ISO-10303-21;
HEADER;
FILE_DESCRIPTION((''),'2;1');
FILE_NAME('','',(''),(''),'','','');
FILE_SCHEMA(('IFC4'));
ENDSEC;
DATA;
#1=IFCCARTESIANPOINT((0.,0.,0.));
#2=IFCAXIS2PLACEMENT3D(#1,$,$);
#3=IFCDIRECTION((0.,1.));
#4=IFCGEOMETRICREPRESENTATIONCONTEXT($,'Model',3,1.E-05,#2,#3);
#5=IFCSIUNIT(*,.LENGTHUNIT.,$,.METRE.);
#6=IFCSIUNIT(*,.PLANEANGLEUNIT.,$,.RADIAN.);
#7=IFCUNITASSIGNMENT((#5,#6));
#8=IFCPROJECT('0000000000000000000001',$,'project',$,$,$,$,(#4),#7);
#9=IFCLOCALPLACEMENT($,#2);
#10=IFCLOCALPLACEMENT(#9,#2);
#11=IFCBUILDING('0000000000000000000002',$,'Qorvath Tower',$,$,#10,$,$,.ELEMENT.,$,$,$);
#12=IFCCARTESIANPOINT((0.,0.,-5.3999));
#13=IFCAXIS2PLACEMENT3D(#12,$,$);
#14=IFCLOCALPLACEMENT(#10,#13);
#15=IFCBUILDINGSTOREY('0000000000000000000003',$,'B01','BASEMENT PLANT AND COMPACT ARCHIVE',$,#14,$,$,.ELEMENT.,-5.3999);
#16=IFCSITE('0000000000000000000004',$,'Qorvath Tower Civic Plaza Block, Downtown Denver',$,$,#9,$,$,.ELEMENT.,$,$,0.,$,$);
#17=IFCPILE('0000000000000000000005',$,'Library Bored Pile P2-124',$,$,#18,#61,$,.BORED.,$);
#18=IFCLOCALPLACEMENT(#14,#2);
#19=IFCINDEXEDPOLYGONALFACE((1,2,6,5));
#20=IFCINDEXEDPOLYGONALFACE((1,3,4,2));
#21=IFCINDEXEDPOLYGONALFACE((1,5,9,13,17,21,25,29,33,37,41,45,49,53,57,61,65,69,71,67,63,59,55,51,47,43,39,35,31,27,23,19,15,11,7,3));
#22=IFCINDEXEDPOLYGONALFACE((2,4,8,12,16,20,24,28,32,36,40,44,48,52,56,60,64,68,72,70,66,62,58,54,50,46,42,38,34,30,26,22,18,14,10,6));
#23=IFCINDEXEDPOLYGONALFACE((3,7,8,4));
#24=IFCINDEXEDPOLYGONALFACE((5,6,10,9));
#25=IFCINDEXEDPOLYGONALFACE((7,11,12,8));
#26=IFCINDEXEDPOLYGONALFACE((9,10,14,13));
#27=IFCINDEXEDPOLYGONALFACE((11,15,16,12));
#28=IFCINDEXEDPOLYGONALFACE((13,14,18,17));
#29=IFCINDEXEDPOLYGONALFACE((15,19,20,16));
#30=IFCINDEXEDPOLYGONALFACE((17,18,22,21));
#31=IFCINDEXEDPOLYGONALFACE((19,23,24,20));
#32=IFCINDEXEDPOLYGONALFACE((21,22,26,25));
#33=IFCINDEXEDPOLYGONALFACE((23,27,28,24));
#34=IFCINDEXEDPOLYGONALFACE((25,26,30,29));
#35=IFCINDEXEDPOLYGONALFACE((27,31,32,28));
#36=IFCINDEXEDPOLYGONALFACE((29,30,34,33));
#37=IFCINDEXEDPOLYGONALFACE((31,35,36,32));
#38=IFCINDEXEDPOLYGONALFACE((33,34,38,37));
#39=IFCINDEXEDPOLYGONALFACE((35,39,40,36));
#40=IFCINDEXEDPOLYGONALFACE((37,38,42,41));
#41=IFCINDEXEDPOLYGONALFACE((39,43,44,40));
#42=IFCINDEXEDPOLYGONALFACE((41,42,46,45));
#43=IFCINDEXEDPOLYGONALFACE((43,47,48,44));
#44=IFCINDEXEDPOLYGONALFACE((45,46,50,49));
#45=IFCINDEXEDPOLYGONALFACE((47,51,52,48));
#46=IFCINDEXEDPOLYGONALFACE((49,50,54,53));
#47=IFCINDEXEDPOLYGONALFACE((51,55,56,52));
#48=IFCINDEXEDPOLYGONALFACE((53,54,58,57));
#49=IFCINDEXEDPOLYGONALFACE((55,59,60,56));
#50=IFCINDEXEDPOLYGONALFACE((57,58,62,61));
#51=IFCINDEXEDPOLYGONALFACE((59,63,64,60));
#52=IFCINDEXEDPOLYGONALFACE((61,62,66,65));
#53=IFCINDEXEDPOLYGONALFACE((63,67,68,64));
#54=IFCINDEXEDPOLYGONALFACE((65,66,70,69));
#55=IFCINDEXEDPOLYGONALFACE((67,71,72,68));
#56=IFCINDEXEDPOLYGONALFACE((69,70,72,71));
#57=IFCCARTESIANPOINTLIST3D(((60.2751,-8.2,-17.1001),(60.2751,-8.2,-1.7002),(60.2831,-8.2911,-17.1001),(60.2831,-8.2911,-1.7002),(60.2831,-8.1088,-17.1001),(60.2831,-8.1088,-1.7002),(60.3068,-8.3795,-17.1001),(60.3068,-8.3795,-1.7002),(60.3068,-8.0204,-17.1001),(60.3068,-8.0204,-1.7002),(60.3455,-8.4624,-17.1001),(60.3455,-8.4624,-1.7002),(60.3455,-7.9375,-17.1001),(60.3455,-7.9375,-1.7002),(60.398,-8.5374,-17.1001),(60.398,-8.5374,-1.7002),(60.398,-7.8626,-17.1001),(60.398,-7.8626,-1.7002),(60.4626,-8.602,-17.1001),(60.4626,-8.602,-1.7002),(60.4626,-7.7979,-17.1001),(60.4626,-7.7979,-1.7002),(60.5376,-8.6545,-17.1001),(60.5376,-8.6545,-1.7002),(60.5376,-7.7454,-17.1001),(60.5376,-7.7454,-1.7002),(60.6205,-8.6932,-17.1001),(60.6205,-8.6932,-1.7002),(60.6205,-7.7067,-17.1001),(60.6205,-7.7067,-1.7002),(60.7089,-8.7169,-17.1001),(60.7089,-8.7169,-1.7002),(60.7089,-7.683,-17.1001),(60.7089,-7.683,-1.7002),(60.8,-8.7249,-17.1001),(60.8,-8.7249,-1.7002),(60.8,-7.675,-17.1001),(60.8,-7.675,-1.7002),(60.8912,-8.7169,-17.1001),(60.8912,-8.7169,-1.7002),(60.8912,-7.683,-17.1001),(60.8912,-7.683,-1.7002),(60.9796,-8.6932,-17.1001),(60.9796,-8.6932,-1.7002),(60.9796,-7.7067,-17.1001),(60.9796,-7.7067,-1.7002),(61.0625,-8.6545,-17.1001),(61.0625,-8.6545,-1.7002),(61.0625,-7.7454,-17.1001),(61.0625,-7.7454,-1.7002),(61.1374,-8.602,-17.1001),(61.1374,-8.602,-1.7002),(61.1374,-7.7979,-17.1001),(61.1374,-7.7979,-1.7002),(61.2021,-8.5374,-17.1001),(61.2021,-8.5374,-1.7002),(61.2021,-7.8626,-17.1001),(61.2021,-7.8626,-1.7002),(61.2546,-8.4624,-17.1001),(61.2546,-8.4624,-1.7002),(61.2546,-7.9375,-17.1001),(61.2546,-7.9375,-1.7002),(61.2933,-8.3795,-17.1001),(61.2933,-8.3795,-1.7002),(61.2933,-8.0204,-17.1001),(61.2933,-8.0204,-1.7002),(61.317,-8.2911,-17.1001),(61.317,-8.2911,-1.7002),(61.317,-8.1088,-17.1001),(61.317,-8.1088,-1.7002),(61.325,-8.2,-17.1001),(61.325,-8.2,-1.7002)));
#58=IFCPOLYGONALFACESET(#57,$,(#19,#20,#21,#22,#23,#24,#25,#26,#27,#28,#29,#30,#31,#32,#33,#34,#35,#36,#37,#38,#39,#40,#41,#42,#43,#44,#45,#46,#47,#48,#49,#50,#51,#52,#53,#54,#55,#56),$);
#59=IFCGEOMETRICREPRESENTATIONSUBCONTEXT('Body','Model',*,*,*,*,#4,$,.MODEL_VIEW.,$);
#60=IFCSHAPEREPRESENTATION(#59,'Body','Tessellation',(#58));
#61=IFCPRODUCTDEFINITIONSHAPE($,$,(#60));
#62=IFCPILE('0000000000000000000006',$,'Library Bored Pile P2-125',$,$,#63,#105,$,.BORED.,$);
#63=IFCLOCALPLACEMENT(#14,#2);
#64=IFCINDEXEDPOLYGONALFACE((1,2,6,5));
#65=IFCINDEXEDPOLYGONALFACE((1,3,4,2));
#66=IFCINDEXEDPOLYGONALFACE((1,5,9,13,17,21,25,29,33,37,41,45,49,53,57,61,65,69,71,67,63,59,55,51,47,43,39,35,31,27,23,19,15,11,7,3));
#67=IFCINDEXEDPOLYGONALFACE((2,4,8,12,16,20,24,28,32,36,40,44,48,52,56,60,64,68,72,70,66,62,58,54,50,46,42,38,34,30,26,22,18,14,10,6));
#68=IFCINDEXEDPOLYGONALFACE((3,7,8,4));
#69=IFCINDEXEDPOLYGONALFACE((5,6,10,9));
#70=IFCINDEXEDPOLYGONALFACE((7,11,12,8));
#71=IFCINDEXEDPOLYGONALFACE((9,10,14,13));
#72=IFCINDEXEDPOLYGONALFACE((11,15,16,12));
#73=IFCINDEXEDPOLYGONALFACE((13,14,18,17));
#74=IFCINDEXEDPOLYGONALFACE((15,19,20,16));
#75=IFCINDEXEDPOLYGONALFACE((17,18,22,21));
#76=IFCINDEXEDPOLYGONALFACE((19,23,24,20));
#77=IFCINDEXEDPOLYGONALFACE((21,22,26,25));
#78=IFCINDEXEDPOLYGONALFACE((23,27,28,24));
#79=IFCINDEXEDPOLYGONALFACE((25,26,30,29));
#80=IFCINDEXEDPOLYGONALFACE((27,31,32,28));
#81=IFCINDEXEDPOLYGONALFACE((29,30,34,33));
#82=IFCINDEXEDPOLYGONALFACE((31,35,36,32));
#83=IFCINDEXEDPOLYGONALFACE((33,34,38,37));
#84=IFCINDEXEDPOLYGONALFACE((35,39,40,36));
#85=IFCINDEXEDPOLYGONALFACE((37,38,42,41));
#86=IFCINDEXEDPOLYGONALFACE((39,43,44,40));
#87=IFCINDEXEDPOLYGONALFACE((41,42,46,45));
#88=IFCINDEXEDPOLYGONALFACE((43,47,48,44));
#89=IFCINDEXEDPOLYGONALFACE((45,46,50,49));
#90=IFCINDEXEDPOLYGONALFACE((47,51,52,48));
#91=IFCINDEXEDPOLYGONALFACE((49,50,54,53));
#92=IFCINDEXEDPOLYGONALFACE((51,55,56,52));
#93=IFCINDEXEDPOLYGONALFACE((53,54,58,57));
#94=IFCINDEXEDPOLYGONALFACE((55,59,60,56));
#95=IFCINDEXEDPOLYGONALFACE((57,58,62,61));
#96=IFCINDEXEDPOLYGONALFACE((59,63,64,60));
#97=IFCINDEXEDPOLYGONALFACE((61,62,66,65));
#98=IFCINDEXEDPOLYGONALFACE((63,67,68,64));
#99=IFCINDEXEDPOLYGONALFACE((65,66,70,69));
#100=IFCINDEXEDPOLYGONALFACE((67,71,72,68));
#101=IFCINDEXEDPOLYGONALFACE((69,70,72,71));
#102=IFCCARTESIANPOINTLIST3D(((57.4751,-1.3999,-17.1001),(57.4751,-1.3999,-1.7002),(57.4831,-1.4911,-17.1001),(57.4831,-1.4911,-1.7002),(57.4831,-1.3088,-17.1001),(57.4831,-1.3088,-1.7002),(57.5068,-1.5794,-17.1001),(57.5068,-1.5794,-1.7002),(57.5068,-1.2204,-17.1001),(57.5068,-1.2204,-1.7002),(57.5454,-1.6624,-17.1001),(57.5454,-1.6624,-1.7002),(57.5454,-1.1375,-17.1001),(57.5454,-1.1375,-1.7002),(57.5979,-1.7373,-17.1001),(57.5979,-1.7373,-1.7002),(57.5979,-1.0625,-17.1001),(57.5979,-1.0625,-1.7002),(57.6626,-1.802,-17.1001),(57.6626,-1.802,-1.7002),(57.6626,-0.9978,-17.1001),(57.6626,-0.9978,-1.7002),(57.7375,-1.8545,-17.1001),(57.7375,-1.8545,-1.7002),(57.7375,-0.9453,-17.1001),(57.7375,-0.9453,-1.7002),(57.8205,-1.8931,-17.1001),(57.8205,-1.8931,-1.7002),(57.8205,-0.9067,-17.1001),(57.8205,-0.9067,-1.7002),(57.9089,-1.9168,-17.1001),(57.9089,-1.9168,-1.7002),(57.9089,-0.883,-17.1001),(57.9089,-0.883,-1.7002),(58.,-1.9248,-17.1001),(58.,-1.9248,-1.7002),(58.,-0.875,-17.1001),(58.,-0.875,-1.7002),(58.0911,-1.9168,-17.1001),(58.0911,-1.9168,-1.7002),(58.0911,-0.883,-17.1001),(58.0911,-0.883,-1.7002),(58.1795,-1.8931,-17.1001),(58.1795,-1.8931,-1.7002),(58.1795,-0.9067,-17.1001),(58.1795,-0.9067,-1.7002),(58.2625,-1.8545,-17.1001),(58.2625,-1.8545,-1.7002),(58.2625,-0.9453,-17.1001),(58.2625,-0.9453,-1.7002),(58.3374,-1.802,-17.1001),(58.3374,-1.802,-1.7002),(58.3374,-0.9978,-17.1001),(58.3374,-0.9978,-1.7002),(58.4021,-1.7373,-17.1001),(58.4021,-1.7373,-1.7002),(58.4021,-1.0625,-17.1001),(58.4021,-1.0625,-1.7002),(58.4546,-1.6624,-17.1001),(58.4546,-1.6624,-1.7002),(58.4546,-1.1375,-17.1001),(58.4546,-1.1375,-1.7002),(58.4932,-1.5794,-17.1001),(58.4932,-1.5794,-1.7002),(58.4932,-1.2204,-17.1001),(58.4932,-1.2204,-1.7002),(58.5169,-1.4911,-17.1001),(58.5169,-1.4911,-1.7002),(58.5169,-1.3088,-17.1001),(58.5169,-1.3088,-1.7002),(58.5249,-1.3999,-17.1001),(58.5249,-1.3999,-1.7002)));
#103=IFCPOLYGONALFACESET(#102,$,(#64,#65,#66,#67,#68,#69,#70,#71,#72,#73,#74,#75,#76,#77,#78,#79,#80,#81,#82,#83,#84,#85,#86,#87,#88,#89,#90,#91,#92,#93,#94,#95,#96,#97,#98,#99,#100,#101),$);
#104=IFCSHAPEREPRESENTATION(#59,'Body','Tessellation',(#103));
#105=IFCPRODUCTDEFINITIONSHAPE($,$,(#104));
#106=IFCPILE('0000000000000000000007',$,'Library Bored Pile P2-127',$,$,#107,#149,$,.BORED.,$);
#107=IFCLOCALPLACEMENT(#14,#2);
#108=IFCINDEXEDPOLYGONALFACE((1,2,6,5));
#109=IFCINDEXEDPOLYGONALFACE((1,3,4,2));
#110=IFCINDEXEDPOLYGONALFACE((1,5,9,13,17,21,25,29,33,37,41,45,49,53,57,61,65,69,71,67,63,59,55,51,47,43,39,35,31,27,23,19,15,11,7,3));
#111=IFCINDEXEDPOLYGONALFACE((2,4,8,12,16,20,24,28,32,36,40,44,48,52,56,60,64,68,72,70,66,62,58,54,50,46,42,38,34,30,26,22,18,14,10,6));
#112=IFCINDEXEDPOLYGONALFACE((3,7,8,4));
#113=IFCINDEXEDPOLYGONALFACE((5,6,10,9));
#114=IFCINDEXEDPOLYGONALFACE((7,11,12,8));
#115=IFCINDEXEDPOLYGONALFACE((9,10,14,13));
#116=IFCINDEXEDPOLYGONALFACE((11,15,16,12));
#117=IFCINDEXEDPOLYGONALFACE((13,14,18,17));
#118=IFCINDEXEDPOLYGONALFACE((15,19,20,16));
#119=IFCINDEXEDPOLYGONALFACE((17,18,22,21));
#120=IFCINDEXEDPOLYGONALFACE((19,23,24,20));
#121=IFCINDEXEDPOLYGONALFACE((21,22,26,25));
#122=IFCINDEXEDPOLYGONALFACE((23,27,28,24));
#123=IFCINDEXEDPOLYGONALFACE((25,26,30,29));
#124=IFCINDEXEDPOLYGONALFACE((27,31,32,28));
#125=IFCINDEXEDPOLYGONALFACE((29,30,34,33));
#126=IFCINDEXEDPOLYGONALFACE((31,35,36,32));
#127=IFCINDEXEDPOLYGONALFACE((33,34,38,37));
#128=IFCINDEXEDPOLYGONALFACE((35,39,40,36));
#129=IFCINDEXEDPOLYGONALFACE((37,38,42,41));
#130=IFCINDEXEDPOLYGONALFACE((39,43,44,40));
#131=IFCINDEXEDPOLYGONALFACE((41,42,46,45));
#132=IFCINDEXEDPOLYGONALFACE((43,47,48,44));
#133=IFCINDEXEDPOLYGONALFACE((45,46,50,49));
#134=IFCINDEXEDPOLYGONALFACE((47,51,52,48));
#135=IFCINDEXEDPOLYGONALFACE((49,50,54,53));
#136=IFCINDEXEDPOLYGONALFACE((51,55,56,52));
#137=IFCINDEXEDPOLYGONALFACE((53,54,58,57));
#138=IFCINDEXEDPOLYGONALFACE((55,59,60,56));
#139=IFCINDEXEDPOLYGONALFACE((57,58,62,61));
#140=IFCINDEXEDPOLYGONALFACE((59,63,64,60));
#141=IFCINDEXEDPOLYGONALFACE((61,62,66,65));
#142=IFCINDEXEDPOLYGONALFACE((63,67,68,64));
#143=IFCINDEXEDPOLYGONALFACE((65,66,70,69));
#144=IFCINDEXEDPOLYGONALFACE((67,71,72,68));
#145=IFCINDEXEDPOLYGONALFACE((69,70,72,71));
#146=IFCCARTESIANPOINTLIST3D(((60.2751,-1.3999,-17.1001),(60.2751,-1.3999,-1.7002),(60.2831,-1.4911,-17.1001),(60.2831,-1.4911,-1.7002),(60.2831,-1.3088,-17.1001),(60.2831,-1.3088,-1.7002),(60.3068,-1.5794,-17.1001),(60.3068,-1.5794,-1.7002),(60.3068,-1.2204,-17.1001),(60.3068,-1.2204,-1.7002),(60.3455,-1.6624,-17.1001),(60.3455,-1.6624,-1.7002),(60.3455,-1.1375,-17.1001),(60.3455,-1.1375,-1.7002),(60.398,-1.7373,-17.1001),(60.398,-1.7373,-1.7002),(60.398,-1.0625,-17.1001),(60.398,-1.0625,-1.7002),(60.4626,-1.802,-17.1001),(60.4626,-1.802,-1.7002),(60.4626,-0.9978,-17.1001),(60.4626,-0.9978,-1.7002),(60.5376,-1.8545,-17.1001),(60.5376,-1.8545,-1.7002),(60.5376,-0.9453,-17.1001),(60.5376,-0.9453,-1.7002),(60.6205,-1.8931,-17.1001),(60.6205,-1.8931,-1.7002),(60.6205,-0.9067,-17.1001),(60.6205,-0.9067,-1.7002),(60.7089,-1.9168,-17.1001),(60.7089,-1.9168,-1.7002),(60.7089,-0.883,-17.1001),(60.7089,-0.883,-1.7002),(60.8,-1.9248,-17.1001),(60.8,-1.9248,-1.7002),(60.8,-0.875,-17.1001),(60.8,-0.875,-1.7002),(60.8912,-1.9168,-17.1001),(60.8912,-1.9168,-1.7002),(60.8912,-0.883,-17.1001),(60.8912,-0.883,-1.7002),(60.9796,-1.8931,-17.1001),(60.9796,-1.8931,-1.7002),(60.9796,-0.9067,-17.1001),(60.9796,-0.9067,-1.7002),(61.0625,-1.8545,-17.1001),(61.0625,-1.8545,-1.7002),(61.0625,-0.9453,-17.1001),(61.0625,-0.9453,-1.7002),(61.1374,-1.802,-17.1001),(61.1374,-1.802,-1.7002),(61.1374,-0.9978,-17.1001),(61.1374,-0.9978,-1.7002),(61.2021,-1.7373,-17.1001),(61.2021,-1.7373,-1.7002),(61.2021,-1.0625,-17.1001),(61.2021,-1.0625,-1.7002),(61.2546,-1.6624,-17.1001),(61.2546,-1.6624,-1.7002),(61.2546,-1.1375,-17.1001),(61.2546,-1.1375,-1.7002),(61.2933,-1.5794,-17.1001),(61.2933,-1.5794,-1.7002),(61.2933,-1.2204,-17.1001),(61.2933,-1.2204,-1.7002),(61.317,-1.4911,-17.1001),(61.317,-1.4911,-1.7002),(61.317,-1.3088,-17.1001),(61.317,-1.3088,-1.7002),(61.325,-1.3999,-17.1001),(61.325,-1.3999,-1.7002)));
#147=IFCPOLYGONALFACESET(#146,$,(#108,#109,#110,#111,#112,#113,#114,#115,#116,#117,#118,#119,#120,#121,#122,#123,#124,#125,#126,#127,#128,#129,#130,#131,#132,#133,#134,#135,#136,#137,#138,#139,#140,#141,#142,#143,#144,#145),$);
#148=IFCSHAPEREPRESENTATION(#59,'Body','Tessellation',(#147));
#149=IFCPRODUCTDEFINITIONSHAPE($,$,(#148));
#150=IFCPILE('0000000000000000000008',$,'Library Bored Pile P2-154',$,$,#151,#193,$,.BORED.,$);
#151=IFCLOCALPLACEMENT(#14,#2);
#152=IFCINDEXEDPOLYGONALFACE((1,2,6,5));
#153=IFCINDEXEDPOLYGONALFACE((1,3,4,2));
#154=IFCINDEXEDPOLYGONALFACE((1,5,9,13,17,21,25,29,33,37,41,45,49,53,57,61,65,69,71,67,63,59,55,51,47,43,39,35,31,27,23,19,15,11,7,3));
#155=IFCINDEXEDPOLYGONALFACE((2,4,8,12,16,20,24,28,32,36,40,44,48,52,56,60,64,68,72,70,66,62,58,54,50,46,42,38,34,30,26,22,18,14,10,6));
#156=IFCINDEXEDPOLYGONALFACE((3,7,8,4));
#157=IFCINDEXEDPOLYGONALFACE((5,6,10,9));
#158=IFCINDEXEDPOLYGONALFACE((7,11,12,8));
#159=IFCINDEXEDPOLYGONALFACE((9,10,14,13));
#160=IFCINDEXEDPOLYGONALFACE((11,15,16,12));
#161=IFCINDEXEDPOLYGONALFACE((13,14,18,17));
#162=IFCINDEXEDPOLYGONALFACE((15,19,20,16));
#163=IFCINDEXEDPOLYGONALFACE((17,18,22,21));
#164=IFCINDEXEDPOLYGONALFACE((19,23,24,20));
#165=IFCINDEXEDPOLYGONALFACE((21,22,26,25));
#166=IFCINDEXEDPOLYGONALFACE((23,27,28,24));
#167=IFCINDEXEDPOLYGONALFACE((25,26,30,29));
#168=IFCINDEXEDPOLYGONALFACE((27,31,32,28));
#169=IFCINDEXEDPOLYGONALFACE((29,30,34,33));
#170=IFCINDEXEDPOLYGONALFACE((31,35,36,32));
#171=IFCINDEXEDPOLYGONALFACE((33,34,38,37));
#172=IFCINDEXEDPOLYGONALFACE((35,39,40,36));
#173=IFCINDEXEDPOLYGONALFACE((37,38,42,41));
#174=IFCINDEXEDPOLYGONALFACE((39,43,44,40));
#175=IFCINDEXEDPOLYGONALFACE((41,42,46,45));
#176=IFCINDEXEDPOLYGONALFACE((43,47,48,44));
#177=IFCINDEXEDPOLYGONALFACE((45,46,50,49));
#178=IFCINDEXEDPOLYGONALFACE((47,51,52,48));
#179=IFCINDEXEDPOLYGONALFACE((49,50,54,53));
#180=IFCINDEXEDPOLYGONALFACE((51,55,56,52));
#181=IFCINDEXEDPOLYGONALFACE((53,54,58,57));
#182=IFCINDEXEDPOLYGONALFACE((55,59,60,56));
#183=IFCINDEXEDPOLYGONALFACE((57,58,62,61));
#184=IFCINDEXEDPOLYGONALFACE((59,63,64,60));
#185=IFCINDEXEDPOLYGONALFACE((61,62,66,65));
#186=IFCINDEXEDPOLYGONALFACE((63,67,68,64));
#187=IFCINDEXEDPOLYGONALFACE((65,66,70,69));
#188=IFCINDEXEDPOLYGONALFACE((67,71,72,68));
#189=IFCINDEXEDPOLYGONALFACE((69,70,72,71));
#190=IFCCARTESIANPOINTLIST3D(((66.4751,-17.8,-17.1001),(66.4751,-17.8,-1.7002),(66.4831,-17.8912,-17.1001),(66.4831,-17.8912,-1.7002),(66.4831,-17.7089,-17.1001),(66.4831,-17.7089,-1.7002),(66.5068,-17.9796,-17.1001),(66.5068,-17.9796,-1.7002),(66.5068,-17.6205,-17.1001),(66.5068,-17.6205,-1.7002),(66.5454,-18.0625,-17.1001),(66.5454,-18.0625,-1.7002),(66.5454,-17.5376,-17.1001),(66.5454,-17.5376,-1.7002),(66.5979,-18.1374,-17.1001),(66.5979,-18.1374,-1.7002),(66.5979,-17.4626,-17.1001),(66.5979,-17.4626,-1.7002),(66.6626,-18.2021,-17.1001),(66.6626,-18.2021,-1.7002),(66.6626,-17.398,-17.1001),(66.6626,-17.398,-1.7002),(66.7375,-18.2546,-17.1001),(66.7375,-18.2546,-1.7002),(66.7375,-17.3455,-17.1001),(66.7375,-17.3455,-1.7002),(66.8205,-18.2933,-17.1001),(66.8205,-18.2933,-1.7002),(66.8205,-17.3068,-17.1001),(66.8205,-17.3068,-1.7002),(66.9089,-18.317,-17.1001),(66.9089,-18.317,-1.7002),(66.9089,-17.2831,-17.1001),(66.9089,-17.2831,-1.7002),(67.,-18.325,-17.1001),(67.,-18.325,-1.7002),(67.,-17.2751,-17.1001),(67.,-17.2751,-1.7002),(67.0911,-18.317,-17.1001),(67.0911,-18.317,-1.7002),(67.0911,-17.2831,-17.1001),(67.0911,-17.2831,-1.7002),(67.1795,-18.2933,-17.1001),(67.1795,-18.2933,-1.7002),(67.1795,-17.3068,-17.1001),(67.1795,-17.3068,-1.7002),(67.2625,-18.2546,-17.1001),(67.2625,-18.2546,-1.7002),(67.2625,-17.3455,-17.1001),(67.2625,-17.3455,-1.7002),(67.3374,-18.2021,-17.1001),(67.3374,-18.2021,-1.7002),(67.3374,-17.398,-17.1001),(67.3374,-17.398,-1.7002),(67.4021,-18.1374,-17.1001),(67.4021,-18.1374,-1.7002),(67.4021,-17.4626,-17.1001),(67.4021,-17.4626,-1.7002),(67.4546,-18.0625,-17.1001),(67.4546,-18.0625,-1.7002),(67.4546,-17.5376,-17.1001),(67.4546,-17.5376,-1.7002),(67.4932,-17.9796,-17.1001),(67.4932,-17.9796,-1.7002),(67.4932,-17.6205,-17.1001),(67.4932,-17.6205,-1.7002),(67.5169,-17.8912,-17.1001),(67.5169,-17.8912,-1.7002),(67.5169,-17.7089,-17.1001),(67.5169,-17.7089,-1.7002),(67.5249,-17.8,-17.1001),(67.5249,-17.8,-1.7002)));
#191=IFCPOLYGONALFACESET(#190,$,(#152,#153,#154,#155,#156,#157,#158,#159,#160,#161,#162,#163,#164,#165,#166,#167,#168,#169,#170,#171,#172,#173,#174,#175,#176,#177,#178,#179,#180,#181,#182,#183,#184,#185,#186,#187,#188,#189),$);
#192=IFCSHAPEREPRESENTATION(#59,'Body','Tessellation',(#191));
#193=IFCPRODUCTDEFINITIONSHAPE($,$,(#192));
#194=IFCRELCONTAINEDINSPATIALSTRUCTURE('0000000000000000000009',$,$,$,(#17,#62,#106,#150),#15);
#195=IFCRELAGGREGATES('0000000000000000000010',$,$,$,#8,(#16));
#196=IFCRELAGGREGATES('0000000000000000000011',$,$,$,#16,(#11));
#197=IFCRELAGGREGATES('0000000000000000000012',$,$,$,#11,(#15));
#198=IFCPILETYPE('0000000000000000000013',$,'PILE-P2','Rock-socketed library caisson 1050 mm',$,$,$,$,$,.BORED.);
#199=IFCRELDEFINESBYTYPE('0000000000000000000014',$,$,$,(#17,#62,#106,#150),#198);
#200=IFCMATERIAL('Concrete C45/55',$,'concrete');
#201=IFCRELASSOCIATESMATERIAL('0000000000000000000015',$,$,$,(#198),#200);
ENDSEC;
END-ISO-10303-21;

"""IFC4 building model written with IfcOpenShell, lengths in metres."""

from ifc_helpers import new_model, si_unit, direction, frame, origin, origin_2d, place, context, subcontext, project, spatial, circle, extrude, material, material_profile, profile_set, type_object, element, save


model = new_model("IFC4")

# Units and contexts
model_context = context("Model", 3, precision=1e-05, world=origin(), true_north=direction((0.0, 1.0)))
body_context = subcontext(model_context, "Body", "Model", "MODEL_VIEW")
ifc_project = project(units=[si_unit("LENGTHUNIT", "METRE"), si_unit("PLANEANGLEUNIT", "RADIAN")], contexts=[model_context])

# Site, building, storey
site_placement = place(None, origin())
site = spatial("IfcSite", under=ifc_project, at=site_placement, Name="Qorvath Tower Civic Plaza Block, Downtown Denver", CompositionType="ELEMENT", RefElevation=0.0)
building_placement = place(site_placement, origin())
building = spatial("IfcBuilding", under=site, at=building_placement, Name="Qorvath Tower", CompositionType="ELEMENT")
storey_placement = place(building_placement, frame((0.0, 0.0, -5.3999)))
storey = spatial("IfcBuildingStorey", under=building, at=storey_placement, Name="B01", Description="BASEMENT PLANT AND COMPACT ARCHIVE", CompositionType="ELEMENT", Elevation=-5.3999)

# Piles
ifc_material_1 = material(Name="Concrete C45/55", Category="concrete")
ifc_material_profile_1 = material_profile(ifc_material_1, circle(Radius=0.5249, at=origin_2d()), Name="BORED PILE 1050")
ifc_profile_set_1 = profile_set([ifc_material_profile_1], Name="Concrete C45/55")
pile_type = type_object("IfcPileType", Name="PILE-P2", Description="Rock-socketed library caisson 1050 mm", PredefinedType="BORED", material=ifc_profile_set_1)
for number, where, z_axis, x_axis, name in (
    (1, (60.8, -8.2, -1.7002), (0.0, 0.0, -1.0), (1.0, 0.0, 0.0), "Library Bored Pile P2-124"),
    (2, (58.0, -1.3999, -1.7002), (0.0, 0.0, -1.0), (1.0, 0.0, 0.0), "Library Bored Pile P2-125"),
    (3, (60.8, -1.3999, -1.7002), (0.0, 0.0, -1.0), (1.0, 0.0, 0.0), "Library Bored Pile P2-127"),
    (4, (67.0, -17.8, -1.7002), (0.0, 0.0, -1.0), (1.0, 0.0, 0.0), "Library Bored Pile P2-154"),
):
    element("IfcPile", number, at=place(storey_placement, frame(where, z_axis=z_axis, x_axis=x_axis)), inside=storey, type_object=pile_type, Name=name, PredefinedType="BORED", context=body_context, shape_type="SweptSolid", body=[
        extrude(circle(Radius=0.5249, at=origin_2d()), origin(), (0.0, 0.0, 1.0), 15.3999),
    ])

save(model, "model.ifc")
